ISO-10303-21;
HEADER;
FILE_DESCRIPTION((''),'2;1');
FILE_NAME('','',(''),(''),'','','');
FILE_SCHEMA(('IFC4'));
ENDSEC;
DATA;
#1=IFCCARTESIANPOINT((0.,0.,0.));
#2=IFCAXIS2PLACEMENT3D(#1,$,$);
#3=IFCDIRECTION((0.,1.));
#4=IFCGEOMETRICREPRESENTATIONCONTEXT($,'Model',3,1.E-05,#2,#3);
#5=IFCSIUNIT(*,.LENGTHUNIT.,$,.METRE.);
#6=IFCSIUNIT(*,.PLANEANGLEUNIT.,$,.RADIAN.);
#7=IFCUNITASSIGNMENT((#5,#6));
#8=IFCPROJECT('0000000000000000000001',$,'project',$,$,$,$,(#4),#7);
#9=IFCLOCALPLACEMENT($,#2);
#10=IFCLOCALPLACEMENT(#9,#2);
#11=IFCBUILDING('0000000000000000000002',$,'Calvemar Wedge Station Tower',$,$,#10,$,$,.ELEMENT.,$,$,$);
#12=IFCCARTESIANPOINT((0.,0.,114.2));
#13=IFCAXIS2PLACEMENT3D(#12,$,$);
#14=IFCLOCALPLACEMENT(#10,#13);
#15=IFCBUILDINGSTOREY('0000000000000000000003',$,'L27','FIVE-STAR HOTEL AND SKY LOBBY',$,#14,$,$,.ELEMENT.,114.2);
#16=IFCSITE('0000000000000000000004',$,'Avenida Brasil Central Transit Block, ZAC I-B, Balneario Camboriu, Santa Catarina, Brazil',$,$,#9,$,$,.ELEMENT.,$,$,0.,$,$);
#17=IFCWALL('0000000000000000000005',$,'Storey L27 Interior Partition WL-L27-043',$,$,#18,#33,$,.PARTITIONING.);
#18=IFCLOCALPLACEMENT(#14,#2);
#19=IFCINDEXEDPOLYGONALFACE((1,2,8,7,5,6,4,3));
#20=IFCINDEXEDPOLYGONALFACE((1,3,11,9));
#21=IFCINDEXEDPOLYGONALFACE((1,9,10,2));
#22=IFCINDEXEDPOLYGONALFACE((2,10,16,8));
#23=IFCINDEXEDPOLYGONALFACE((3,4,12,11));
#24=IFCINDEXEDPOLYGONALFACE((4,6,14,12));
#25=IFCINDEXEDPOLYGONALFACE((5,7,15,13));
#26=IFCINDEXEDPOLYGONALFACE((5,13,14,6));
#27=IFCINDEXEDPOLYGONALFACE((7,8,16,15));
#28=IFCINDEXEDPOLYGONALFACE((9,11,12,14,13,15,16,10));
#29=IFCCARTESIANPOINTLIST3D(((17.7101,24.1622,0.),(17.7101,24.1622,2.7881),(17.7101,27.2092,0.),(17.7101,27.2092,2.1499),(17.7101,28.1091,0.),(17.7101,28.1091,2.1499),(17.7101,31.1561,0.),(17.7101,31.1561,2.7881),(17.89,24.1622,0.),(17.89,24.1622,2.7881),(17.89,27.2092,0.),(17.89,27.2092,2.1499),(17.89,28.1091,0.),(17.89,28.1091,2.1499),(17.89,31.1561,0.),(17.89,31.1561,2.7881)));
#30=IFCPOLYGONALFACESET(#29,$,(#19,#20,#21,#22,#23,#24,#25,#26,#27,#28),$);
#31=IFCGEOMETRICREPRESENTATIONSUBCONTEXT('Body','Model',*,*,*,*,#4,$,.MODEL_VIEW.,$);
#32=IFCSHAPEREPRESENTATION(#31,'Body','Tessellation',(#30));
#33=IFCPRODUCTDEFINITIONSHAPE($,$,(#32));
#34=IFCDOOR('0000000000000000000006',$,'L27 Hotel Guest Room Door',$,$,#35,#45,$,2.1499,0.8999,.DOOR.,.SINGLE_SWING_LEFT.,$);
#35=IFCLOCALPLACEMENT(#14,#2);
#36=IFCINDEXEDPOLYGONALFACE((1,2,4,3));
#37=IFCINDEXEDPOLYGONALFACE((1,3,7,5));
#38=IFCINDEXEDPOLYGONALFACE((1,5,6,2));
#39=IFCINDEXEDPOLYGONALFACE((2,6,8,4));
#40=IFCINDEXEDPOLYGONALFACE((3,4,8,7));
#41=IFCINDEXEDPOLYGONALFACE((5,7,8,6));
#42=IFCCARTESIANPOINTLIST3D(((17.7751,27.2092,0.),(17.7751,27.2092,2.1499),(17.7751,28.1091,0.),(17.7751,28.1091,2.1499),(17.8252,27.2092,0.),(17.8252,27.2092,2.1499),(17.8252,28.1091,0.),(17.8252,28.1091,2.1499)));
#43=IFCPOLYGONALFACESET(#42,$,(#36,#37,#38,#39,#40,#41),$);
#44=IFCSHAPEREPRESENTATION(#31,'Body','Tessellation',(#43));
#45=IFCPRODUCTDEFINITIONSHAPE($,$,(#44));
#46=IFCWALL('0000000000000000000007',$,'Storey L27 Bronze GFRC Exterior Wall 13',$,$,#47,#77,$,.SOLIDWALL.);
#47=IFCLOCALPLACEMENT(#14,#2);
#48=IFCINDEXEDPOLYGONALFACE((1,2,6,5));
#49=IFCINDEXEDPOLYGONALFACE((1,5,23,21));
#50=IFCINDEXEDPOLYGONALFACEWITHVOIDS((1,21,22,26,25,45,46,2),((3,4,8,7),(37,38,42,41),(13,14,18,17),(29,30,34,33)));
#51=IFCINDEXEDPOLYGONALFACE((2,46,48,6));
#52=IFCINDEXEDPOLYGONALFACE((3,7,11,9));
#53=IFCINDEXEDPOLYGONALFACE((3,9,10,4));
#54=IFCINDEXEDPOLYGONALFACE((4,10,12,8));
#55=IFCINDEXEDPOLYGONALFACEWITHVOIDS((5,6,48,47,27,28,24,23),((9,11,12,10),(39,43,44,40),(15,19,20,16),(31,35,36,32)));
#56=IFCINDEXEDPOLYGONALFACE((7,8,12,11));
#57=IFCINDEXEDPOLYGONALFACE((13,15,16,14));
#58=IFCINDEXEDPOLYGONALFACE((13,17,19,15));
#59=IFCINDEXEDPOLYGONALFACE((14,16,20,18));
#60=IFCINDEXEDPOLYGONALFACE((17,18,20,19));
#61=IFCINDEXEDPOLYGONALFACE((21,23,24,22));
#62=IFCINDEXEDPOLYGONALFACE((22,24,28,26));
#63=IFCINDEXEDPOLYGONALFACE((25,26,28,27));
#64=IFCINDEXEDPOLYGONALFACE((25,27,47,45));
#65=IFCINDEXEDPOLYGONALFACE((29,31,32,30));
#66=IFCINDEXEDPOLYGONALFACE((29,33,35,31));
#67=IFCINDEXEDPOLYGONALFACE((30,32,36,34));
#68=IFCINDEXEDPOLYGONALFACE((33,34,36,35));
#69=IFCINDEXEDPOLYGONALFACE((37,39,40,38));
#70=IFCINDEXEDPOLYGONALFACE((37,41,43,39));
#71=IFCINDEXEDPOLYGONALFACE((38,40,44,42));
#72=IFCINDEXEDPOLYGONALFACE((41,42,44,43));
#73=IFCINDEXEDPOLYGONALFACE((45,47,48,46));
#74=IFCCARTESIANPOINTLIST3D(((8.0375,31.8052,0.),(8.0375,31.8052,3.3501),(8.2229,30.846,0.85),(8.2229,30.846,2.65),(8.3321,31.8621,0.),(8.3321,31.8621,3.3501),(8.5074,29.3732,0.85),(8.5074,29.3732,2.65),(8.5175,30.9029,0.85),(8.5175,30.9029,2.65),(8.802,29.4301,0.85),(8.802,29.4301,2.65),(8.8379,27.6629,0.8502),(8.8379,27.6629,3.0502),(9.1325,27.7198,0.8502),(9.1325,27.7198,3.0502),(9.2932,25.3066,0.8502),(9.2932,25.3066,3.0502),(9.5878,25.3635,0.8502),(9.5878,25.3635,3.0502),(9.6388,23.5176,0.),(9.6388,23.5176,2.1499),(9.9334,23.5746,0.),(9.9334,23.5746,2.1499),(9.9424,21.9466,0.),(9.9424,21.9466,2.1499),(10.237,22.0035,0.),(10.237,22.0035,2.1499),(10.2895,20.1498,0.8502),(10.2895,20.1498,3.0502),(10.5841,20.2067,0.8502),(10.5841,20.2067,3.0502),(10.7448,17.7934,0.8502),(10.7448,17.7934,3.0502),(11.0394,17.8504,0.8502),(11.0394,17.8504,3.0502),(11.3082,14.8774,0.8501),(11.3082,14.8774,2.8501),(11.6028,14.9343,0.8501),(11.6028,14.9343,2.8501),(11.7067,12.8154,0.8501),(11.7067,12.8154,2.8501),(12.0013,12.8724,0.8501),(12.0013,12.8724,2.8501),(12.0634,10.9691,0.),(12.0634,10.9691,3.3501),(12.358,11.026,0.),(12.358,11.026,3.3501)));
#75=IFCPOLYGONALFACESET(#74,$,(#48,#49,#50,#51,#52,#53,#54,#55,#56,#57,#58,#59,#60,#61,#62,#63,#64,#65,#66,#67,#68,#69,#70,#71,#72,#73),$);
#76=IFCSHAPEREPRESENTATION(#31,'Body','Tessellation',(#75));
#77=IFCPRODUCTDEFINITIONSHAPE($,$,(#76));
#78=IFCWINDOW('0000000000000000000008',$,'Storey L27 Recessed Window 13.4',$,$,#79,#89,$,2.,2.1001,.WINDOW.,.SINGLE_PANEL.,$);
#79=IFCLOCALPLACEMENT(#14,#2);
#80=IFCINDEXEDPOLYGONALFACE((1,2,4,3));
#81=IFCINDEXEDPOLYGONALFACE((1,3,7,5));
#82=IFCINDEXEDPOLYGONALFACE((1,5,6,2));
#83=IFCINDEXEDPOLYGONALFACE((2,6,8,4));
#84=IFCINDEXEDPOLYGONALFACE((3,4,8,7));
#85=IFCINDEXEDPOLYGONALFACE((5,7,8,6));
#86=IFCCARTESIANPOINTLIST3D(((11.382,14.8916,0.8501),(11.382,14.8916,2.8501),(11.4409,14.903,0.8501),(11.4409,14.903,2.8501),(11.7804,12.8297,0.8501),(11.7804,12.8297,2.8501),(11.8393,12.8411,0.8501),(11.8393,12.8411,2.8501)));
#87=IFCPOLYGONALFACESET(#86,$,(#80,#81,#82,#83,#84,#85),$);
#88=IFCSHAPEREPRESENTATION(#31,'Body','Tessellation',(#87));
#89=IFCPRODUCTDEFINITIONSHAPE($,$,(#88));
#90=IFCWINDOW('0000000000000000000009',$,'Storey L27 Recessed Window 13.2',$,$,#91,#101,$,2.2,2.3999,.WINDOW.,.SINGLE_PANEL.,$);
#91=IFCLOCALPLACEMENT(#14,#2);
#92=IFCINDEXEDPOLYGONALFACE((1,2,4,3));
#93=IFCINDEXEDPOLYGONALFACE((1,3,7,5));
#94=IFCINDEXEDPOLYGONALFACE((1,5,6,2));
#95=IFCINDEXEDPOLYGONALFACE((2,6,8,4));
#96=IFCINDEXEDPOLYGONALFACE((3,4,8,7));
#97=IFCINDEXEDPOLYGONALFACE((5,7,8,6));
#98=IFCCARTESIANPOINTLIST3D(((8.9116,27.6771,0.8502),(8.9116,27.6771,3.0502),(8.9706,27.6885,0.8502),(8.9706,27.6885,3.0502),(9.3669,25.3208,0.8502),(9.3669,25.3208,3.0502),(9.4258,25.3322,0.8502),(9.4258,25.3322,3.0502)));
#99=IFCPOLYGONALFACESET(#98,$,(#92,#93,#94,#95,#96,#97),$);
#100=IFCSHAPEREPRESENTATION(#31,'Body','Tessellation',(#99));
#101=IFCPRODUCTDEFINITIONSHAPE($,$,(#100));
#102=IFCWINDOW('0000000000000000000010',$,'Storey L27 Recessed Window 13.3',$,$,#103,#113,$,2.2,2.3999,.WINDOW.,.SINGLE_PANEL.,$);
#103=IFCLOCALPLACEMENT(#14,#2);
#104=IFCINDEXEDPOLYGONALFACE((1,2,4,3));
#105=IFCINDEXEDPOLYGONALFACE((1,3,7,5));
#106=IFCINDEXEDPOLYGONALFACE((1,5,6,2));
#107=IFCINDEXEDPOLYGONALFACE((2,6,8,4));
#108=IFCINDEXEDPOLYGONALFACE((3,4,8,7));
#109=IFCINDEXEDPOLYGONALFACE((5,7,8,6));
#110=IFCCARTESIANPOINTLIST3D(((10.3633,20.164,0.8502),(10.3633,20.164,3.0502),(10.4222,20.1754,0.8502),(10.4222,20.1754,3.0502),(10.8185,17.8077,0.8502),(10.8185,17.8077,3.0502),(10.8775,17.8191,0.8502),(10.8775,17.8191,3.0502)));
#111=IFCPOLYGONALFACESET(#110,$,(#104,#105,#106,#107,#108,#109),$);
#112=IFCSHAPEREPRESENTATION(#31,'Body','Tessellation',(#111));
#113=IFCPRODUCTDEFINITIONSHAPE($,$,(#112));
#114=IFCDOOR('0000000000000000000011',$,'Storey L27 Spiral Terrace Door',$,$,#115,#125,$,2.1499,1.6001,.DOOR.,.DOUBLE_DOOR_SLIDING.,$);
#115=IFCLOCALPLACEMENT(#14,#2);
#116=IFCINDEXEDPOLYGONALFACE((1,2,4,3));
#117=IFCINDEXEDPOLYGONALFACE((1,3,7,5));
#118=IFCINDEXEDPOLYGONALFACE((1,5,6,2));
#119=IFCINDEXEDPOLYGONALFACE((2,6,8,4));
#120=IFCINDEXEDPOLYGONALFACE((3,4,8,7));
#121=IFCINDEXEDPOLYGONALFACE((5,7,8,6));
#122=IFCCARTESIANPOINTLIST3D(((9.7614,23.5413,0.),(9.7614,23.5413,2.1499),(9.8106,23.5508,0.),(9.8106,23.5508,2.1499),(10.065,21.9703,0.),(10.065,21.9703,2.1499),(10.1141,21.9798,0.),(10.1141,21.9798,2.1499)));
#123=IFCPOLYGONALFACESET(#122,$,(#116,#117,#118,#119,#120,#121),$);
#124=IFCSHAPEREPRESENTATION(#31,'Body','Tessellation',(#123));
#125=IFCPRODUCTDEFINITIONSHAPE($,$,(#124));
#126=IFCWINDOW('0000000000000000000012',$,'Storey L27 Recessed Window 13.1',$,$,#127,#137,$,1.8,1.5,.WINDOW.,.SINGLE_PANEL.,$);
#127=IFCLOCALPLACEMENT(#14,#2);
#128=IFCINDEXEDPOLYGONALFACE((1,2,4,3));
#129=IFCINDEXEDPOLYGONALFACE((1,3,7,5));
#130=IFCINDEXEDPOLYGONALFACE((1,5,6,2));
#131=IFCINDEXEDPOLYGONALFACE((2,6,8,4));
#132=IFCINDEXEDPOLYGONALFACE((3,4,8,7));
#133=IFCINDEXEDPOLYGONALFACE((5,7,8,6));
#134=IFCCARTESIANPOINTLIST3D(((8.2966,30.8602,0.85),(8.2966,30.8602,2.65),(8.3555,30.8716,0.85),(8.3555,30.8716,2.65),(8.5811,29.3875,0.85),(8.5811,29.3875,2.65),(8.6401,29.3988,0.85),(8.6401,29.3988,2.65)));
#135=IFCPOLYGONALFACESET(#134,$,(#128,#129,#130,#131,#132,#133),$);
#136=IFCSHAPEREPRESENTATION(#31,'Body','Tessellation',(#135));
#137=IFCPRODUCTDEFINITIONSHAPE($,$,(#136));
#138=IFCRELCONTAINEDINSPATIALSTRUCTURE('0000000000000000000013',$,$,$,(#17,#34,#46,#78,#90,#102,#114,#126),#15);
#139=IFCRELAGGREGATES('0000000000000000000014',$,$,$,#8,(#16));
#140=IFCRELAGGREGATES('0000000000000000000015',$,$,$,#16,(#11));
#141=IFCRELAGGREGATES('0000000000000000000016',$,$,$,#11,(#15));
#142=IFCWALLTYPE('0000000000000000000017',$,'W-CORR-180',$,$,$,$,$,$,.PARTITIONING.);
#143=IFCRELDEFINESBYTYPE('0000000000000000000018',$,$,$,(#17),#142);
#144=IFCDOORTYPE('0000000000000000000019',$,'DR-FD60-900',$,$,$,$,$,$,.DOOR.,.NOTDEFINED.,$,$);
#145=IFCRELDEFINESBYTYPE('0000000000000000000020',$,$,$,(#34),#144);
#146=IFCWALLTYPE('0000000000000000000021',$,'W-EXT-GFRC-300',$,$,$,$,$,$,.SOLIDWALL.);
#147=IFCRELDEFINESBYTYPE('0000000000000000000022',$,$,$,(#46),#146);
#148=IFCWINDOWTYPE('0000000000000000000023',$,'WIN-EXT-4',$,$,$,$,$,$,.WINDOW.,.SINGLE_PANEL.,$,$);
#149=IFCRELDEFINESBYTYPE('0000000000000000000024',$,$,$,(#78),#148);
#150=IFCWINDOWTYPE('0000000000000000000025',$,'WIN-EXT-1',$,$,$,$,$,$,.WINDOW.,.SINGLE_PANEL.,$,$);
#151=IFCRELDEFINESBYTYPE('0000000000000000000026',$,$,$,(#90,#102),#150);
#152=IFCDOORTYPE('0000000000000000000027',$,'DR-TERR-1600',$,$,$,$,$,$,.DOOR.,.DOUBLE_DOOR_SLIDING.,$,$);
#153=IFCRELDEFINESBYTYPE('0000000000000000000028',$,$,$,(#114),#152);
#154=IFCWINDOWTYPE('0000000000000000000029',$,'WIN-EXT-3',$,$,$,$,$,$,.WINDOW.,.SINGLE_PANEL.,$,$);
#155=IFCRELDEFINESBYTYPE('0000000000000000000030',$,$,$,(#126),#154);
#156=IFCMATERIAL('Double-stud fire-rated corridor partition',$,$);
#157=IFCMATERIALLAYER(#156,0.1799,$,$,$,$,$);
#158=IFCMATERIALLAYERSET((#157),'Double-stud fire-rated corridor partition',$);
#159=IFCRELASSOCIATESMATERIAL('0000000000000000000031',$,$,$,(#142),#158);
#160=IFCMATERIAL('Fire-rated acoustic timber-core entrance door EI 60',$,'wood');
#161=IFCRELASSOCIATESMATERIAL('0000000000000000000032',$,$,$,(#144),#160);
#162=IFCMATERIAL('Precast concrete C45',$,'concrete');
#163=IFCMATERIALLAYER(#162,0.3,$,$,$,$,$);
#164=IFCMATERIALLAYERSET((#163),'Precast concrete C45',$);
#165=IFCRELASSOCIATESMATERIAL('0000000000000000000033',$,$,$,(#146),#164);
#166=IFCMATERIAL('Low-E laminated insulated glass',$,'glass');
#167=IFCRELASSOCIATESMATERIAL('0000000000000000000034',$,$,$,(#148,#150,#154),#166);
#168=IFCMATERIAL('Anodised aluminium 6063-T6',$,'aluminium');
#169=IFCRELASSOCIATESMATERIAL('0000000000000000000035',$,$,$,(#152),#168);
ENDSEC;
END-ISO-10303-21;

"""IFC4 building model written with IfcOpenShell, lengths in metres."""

from ifc_helpers import new_model, si_unit, direction, frame, frame_2d, origin, place, context, subcontext, project, spatial, rectangle, extrude, source, transform, mapped, material, layer, layer_set, type_object, element, fill, save


model = new_model("IFC4")

# Units and contexts
model_context = context("Model", 3, precision=1e-05, world=origin(), true_north=direction((0.0, 1.0)))
body_context = subcontext(model_context, "Body", "Model", "MODEL_VIEW")
ifc_project = project(units=[si_unit("LENGTHUNIT", "METRE"), si_unit("PLANEANGLEUNIT", "RADIAN")], contexts=[model_context])

# Site, building, storey
site_placement = place(None, origin())
site = spatial("IfcSite", under=ifc_project, at=site_placement, Name="Avenida Brasil Central Transit Block, ZAC I-B, Balneario Camboriu, Santa Catarina, Brazil", CompositionType="ELEMENT", RefElevation=0.0)
building_placement = place(site_placement, origin())
building = spatial("IfcBuilding", under=site, at=building_placement, Name="Calvemar Wedge Station Tower", CompositionType="ELEMENT")
storey_placement = place(building_placement, frame((0.0, 0.0, 114.2)))
storey = spatial("IfcBuildingStorey", under=building, at=storey_placement, Name="L27", Description="FIVE-STAR HOTEL AND SKY LOBBY", CompositionType="ELEMENT", Elevation=114.2)

# Shared definitions
ifc_material_1 = material(Name="Double-stud fire-rated corridor partition")
ifc_layer_1 = layer(ifc_material_1, 0.1799)
ifc_layer_set_1 = layer_set([ifc_layer_1], Name="Double-stud fire-rated corridor partition")
wall_type_1 = type_object("IfcWallType", Name="W-CORR-180", PredefinedType="PARTITIONING", material=ifc_layer_set_1)

# Wall, opening, door
wall_1_placement = place(storey_placement, frame((17.8, 24.1621, 0.0), z_axis=(0.0, 0.0, 1.0), x_axis=(0.0, 1.0, 0.0)))
wall_1 = element("IfcWall", 1, at=wall_1_placement, inside=storey, type_object=wall_type_1, Name="Storey L27 Interior Partition WL-L27-043", PredefinedType="PARTITIONING", context=body_context, shape_type="SweptSolid", body=[
    extrude(rectangle(XDim=6.9939, YDim=0.1799, at=frame_2d((3.4971, 0.0))), origin(), (0.0, 0.0, 1.0), 2.7881),
])
shared_shape_1 = source(origin(), body_context, "Body", "SweptSolid", [
    extrude(rectangle(XDim=0.8999, YDim=2.1499, at=frame_2d((0.45, 1.075))), frame((0.0, 0.1001, 0.0), z_axis=(0.0, -1.0, 0.0), x_axis=(1.0, 0.0, 0.0)), (0.0, 0.0, 1.0), 0.2),
])
opening_1_placement = place(wall_1_placement, frame((3.0471, 0.0, 0.0)))
opening_1 = element("IfcOpeningElement", 2, at=opening_1_placement, cuts=wall_1, PredefinedType="OPENING", context=body_context, shape_type="MappedRepresentation", body=[
    mapped(shared_shape_1, transform((0.0, 0.0, 0.0), scale=1.0)),
])
ifc_material_2 = material(Name="Fire-rated acoustic timber-core entrance door EI 60", Category="wood")
door_type_1 = type_object("IfcDoorType", Name="DR-FD60-900", OperationType="NOTDEFINED", PredefinedType="DOOR", material=ifc_material_2)
shared_shape_2 = source(origin(), body_context, "Body", "SweptSolid", [
    extrude(rectangle(XDim=0.8999, YDim=2.1499, at=frame_2d((0.45, 1.075))), frame((0.0, 0.0249, 0.0), z_axis=(0.0, -1.0, 0.0), x_axis=(1.0, 0.0, 0.0)), (0.0, 0.0, 1.0), 0.05),
])
door_1_placement = place(opening_1_placement, origin())
door_1 = element("IfcDoor", 3, at=door_1_placement, inside=storey, type_object=door_type_1, Name="L27 Hotel Guest Room Door", OperationType="SINGLE_SWING_LEFT", OverallHeight=2.1499, OverallWidth=0.8999, PredefinedType="DOOR", context=body_context, shape_type="MappedRepresentation", body=[
    mapped(shared_shape_2, transform((0.0, 0.0, 0.0), scale=1.0)),
])
fill(opening_1, door_1)

# Wall, openings, windows, door
ifc_material_3 = material(Name="Precast concrete C45", Category="concrete")
ifc_layer_2 = layer(ifc_material_3, 0.3)
ifc_layer_set_2 = layer_set([ifc_layer_2], Name="Precast concrete C45")
wall_type_2 = type_object("IfcWallType", Name="W-EXT-GFRC-300", PredefinedType="SOLIDWALL", material=ifc_layer_set_2)
wall_2_placement = place(storey_placement, frame((8.1848, 31.8337, 0.0), z_axis=(0.0, 0.0, 1.0), x_axis=(0.189707, -0.981841, 0.0)))
wall_2 = element("IfcWall", 4, at=wall_2_placement, inside=storey, type_object=wall_type_2, Name="Storey L27 Bronze GFRC Exterior Wall 13", PredefinedType="SOLIDWALL", context=body_context, shape_type="SweptSolid", body=[
    extrude(rectangle(XDim=21.2214, YDim=0.3, at=frame_2d((10.6108, 0.0))), origin(), (0.0, 0.0, 1.0), 3.3501),
])
shared_shape_3 = source(origin(), body_context, "Body", "SweptSolid", [
    extrude(rectangle(XDim=1.6001, YDim=2.1499, at=frame_2d((0.8, 1.075))), frame((0.0, 0.1602, 0.0), z_axis=(0.0, -1.0, 0.0), x_axis=(1.0, 0.0, 0.0)), (0.0, 0.0, 1.0), 0.3201),
])
opening_2_placement = place(wall_2_placement, frame((8.4409, 0.0, 0.0)))
opening_2 = element("IfcOpeningElement", 5, at=opening_2_placement, cuts=wall_2, PredefinedType="OPENING", context=body_context, shape_type="MappedRepresentation", body=[
    mapped(shared_shape_3, transform((0.0, 0.0, 0.0), scale=1.0)),
])
shared_shape_4 = source(origin(), body_context, "Body", "SweptSolid", [
    extrude(rectangle(XDim=1.5, YDim=1.8, at=frame_2d((0.75, 0.8999))), frame((0.0, 0.1602, 0.0), z_axis=(0.0, -1.0, 0.0), x_axis=(1.0, 0.0, 0.0)), (0.0, 0.0, 1.0), 0.3201),
])
opening_3_placement = place(wall_2_placement, frame((0.9771, 0.0, 0.8501)))
opening_3 = element("IfcOpeningElement", 6, at=opening_3_placement, cuts=wall_2, PredefinedType="OPENING", context=body_context, shape_type="MappedRepresentation", body=[
    mapped(shared_shape_4, transform((0.0, 0.0, 0.0), scale=1.0)),
])
shared_shape_5 = source(origin(), body_context, "Body", "SweptSolid", [
    extrude(rectangle(XDim=2.3999, YDim=2.2, at=frame_2d((1.2, 1.1001))), frame((0.0, 0.1602, 0.0), z_axis=(0.0, -1.0, 0.0), x_axis=(1.0, 0.0, 0.0)), (0.0, 0.0, 1.0), 0.3201),
])
opening_4_placement = place(wall_2_placement, frame((4.219, 0.0, 0.8501)))
opening_4 = element("IfcOpeningElement", 7, at=opening_4_placement, cuts=wall_2, PredefinedType="OPENING", context=body_context, shape_type="MappedRepresentation", body=[
    mapped(shared_shape_5, transform((0.0, 0.0, 0.0), scale=1.0)),
])
opening_5_placement = place(wall_2_placement, frame((11.8711, 0.0, 0.8501)))
opening_5 = element("IfcOpeningElement", 8, at=opening_5_placement, cuts=wall_2, PredefinedType="OPENING", context=body_context, shape_type="MappedRepresentation", body=[
    mapped(shared_shape_5, transform((0.0, 0.0, 0.0), scale=1.0)),
])
shared_shape_6 = source(origin(), body_context, "Body", "SweptSolid", [
    extrude(rectangle(XDim=2.1001, YDim=2.0, at=frame_2d((1.05, 1.0))), frame((0.0, 0.1602, 0.0), z_axis=(0.0, -1.0, 0.0), x_axis=(1.0, 0.0, 0.0)), (0.0, 0.0, 1.0), 0.3201),
])
opening_6_placement = place(wall_2_placement, frame((17.241, 0.0, 0.8501)))
opening_6 = element("IfcOpeningElement", 9, at=opening_6_placement, cuts=wall_2, PredefinedType="OPENING", context=body_context, shape_type="MappedRepresentation", body=[
    mapped(shared_shape_6, transform((0.0, 0.0, 0.0), scale=1.0)),
])
ifc_material_4 = material(Name="Low-E laminated insulated glass", Category="glass")
window_type_1 = type_object("IfcWindowType", Name="WIN-EXT-4", PartitioningType="SINGLE_PANEL", PredefinedType="WINDOW", material=ifc_material_4)
shared_shape_7 = source(origin(), body_context, "Body", "SweptSolid", [
    extrude(rectangle(XDim=2.1001, YDim=2.0, at=frame_2d((1.05, 1.0))), frame((0.0, -0.0149, 0.0), z_axis=(0.0, -1.0, 0.0), x_axis=(1.0, 0.0, 0.0)), (0.0, 0.0, 1.0), 0.0601),
])
window_1_placement = place(opening_6_placement, origin())
window_1 = element("IfcWindow", 10, at=window_1_placement, inside=storey, type_object=window_type_1, Name="Storey L27 Recessed Window 13.4", OverallHeight=2.0, OverallWidth=2.1001, PartitioningType="SINGLE_PANEL", PredefinedType="WINDOW", context=body_context, shape_type="MappedRepresentation", body=[
    mapped(shared_shape_7, transform((0.0, 0.0, 0.0), scale=1.0)),
])
fill(opening_6, window_1)
window_type_2 = type_object("IfcWindowType", Name="WIN-EXT-1", PartitioningType="SINGLE_PANEL", PredefinedType="WINDOW", material=ifc_material_4)
shared_shape_8 = source(origin(), body_context, "Body", "SweptSolid", [
    extrude(rectangle(XDim=2.3999, YDim=2.2, at=frame_2d((1.2, 1.1001))), frame((0.0, -0.0149, 0.0), z_axis=(0.0, -1.0, 0.0), x_axis=(1.0, 0.0, 0.0)), (0.0, 0.0, 1.0), 0.0601),
])
window_2_placement = place(opening_4_placement, origin())
window_2 = element("IfcWindow", 11, at=window_2_placement, inside=storey, type_object=window_type_2, Name="Storey L27 Recessed Window 13.2", OverallHeight=2.2, OverallWidth=2.3999, PartitioningType="SINGLE_PANEL", PredefinedType="WINDOW", context=body_context, shape_type="MappedRepresentation", body=[
    mapped(shared_shape_8, transform((0.0, 0.0, 0.0), scale=1.0)),
])
fill(opening_4, window_2)
window_3_placement = place(opening_5_placement, origin())
window_3 = element("IfcWindow", 12, at=window_3_placement, inside=storey, type_object=window_type_2, Name="Storey L27 Recessed Window 13.3", OverallHeight=2.2, OverallWidth=2.3999, PartitioningType="SINGLE_PANEL", PredefinedType="WINDOW", context=body_context, shape_type="MappedRepresentation", body=[
    mapped(shared_shape_8, transform((0.0, 0.0, 0.0), scale=1.0)),
])
fill(opening_5, window_3)
ifc_material_5 = material(Name="Anodised aluminium 6063-T6", Category="aluminium")
door_type_2 = type_object("IfcDoorType", Name="DR-TERR-1600", OperationType="DOUBLE_DOOR_SLIDING", PredefinedType="DOOR", material=ifc_material_5)
shared_shape_9 = source(origin(), body_context, "Body", "SweptSolid", [
    extrude(rectangle(XDim=1.6001, YDim=2.1499, at=frame_2d((0.8, 1.075))), frame((0.0, 0.0249, 0.0), z_axis=(0.0, -1.0, 0.0), x_axis=(1.0, 0.0, 0.0)), (0.0, 0.0, 1.0), 0.05),
])
door_2_placement = place(opening_2_placement, origin())
door_2 = element("IfcDoor", 13, at=door_2_placement, inside=storey, type_object=door_type_2, Name="Storey L27 Spiral Terrace Door", OperationType="DOUBLE_DOOR_SLIDING", OverallHeight=2.1499, OverallWidth=1.6001, PredefinedType="DOOR", context=body_context, shape_type="MappedRepresentation", body=[
    mapped(shared_shape_9, transform((0.0, 0.0, 0.0), scale=1.0)),
])
fill(opening_2, door_2)
window_type_3 = type_object("IfcWindowType", Name="WIN-EXT-3", PartitioningType="SINGLE_PANEL", PredefinedType="WINDOW", material=ifc_material_4)
shared_shape_10 = source(origin(), body_context, "Body", "SweptSolid", [
    extrude(rectangle(XDim=1.5, YDim=1.8, at=frame_2d((0.75, 0.8999))), frame((0.0, -0.0149, 0.0), z_axis=(0.0, -1.0, 0.0), x_axis=(1.0, 0.0, 0.0)), (0.0, 0.0, 1.0), 0.0601),
])
window_4_placement = place(opening_3_placement, origin())
window_4 = element("IfcWindow", 14, at=window_4_placement, inside=storey, type_object=window_type_3, Name="Storey L27 Recessed Window 13.1", OverallHeight=1.8, OverallWidth=1.5, PartitioningType="SINGLE_PANEL", PredefinedType="WINDOW", context=body_context, shape_type="MappedRepresentation", body=[
    mapped(shared_shape_10, transform((0.0, 0.0, 0.0), scale=1.0)),
])
fill(opening_3, window_4)

save(model, "model.ifc")
